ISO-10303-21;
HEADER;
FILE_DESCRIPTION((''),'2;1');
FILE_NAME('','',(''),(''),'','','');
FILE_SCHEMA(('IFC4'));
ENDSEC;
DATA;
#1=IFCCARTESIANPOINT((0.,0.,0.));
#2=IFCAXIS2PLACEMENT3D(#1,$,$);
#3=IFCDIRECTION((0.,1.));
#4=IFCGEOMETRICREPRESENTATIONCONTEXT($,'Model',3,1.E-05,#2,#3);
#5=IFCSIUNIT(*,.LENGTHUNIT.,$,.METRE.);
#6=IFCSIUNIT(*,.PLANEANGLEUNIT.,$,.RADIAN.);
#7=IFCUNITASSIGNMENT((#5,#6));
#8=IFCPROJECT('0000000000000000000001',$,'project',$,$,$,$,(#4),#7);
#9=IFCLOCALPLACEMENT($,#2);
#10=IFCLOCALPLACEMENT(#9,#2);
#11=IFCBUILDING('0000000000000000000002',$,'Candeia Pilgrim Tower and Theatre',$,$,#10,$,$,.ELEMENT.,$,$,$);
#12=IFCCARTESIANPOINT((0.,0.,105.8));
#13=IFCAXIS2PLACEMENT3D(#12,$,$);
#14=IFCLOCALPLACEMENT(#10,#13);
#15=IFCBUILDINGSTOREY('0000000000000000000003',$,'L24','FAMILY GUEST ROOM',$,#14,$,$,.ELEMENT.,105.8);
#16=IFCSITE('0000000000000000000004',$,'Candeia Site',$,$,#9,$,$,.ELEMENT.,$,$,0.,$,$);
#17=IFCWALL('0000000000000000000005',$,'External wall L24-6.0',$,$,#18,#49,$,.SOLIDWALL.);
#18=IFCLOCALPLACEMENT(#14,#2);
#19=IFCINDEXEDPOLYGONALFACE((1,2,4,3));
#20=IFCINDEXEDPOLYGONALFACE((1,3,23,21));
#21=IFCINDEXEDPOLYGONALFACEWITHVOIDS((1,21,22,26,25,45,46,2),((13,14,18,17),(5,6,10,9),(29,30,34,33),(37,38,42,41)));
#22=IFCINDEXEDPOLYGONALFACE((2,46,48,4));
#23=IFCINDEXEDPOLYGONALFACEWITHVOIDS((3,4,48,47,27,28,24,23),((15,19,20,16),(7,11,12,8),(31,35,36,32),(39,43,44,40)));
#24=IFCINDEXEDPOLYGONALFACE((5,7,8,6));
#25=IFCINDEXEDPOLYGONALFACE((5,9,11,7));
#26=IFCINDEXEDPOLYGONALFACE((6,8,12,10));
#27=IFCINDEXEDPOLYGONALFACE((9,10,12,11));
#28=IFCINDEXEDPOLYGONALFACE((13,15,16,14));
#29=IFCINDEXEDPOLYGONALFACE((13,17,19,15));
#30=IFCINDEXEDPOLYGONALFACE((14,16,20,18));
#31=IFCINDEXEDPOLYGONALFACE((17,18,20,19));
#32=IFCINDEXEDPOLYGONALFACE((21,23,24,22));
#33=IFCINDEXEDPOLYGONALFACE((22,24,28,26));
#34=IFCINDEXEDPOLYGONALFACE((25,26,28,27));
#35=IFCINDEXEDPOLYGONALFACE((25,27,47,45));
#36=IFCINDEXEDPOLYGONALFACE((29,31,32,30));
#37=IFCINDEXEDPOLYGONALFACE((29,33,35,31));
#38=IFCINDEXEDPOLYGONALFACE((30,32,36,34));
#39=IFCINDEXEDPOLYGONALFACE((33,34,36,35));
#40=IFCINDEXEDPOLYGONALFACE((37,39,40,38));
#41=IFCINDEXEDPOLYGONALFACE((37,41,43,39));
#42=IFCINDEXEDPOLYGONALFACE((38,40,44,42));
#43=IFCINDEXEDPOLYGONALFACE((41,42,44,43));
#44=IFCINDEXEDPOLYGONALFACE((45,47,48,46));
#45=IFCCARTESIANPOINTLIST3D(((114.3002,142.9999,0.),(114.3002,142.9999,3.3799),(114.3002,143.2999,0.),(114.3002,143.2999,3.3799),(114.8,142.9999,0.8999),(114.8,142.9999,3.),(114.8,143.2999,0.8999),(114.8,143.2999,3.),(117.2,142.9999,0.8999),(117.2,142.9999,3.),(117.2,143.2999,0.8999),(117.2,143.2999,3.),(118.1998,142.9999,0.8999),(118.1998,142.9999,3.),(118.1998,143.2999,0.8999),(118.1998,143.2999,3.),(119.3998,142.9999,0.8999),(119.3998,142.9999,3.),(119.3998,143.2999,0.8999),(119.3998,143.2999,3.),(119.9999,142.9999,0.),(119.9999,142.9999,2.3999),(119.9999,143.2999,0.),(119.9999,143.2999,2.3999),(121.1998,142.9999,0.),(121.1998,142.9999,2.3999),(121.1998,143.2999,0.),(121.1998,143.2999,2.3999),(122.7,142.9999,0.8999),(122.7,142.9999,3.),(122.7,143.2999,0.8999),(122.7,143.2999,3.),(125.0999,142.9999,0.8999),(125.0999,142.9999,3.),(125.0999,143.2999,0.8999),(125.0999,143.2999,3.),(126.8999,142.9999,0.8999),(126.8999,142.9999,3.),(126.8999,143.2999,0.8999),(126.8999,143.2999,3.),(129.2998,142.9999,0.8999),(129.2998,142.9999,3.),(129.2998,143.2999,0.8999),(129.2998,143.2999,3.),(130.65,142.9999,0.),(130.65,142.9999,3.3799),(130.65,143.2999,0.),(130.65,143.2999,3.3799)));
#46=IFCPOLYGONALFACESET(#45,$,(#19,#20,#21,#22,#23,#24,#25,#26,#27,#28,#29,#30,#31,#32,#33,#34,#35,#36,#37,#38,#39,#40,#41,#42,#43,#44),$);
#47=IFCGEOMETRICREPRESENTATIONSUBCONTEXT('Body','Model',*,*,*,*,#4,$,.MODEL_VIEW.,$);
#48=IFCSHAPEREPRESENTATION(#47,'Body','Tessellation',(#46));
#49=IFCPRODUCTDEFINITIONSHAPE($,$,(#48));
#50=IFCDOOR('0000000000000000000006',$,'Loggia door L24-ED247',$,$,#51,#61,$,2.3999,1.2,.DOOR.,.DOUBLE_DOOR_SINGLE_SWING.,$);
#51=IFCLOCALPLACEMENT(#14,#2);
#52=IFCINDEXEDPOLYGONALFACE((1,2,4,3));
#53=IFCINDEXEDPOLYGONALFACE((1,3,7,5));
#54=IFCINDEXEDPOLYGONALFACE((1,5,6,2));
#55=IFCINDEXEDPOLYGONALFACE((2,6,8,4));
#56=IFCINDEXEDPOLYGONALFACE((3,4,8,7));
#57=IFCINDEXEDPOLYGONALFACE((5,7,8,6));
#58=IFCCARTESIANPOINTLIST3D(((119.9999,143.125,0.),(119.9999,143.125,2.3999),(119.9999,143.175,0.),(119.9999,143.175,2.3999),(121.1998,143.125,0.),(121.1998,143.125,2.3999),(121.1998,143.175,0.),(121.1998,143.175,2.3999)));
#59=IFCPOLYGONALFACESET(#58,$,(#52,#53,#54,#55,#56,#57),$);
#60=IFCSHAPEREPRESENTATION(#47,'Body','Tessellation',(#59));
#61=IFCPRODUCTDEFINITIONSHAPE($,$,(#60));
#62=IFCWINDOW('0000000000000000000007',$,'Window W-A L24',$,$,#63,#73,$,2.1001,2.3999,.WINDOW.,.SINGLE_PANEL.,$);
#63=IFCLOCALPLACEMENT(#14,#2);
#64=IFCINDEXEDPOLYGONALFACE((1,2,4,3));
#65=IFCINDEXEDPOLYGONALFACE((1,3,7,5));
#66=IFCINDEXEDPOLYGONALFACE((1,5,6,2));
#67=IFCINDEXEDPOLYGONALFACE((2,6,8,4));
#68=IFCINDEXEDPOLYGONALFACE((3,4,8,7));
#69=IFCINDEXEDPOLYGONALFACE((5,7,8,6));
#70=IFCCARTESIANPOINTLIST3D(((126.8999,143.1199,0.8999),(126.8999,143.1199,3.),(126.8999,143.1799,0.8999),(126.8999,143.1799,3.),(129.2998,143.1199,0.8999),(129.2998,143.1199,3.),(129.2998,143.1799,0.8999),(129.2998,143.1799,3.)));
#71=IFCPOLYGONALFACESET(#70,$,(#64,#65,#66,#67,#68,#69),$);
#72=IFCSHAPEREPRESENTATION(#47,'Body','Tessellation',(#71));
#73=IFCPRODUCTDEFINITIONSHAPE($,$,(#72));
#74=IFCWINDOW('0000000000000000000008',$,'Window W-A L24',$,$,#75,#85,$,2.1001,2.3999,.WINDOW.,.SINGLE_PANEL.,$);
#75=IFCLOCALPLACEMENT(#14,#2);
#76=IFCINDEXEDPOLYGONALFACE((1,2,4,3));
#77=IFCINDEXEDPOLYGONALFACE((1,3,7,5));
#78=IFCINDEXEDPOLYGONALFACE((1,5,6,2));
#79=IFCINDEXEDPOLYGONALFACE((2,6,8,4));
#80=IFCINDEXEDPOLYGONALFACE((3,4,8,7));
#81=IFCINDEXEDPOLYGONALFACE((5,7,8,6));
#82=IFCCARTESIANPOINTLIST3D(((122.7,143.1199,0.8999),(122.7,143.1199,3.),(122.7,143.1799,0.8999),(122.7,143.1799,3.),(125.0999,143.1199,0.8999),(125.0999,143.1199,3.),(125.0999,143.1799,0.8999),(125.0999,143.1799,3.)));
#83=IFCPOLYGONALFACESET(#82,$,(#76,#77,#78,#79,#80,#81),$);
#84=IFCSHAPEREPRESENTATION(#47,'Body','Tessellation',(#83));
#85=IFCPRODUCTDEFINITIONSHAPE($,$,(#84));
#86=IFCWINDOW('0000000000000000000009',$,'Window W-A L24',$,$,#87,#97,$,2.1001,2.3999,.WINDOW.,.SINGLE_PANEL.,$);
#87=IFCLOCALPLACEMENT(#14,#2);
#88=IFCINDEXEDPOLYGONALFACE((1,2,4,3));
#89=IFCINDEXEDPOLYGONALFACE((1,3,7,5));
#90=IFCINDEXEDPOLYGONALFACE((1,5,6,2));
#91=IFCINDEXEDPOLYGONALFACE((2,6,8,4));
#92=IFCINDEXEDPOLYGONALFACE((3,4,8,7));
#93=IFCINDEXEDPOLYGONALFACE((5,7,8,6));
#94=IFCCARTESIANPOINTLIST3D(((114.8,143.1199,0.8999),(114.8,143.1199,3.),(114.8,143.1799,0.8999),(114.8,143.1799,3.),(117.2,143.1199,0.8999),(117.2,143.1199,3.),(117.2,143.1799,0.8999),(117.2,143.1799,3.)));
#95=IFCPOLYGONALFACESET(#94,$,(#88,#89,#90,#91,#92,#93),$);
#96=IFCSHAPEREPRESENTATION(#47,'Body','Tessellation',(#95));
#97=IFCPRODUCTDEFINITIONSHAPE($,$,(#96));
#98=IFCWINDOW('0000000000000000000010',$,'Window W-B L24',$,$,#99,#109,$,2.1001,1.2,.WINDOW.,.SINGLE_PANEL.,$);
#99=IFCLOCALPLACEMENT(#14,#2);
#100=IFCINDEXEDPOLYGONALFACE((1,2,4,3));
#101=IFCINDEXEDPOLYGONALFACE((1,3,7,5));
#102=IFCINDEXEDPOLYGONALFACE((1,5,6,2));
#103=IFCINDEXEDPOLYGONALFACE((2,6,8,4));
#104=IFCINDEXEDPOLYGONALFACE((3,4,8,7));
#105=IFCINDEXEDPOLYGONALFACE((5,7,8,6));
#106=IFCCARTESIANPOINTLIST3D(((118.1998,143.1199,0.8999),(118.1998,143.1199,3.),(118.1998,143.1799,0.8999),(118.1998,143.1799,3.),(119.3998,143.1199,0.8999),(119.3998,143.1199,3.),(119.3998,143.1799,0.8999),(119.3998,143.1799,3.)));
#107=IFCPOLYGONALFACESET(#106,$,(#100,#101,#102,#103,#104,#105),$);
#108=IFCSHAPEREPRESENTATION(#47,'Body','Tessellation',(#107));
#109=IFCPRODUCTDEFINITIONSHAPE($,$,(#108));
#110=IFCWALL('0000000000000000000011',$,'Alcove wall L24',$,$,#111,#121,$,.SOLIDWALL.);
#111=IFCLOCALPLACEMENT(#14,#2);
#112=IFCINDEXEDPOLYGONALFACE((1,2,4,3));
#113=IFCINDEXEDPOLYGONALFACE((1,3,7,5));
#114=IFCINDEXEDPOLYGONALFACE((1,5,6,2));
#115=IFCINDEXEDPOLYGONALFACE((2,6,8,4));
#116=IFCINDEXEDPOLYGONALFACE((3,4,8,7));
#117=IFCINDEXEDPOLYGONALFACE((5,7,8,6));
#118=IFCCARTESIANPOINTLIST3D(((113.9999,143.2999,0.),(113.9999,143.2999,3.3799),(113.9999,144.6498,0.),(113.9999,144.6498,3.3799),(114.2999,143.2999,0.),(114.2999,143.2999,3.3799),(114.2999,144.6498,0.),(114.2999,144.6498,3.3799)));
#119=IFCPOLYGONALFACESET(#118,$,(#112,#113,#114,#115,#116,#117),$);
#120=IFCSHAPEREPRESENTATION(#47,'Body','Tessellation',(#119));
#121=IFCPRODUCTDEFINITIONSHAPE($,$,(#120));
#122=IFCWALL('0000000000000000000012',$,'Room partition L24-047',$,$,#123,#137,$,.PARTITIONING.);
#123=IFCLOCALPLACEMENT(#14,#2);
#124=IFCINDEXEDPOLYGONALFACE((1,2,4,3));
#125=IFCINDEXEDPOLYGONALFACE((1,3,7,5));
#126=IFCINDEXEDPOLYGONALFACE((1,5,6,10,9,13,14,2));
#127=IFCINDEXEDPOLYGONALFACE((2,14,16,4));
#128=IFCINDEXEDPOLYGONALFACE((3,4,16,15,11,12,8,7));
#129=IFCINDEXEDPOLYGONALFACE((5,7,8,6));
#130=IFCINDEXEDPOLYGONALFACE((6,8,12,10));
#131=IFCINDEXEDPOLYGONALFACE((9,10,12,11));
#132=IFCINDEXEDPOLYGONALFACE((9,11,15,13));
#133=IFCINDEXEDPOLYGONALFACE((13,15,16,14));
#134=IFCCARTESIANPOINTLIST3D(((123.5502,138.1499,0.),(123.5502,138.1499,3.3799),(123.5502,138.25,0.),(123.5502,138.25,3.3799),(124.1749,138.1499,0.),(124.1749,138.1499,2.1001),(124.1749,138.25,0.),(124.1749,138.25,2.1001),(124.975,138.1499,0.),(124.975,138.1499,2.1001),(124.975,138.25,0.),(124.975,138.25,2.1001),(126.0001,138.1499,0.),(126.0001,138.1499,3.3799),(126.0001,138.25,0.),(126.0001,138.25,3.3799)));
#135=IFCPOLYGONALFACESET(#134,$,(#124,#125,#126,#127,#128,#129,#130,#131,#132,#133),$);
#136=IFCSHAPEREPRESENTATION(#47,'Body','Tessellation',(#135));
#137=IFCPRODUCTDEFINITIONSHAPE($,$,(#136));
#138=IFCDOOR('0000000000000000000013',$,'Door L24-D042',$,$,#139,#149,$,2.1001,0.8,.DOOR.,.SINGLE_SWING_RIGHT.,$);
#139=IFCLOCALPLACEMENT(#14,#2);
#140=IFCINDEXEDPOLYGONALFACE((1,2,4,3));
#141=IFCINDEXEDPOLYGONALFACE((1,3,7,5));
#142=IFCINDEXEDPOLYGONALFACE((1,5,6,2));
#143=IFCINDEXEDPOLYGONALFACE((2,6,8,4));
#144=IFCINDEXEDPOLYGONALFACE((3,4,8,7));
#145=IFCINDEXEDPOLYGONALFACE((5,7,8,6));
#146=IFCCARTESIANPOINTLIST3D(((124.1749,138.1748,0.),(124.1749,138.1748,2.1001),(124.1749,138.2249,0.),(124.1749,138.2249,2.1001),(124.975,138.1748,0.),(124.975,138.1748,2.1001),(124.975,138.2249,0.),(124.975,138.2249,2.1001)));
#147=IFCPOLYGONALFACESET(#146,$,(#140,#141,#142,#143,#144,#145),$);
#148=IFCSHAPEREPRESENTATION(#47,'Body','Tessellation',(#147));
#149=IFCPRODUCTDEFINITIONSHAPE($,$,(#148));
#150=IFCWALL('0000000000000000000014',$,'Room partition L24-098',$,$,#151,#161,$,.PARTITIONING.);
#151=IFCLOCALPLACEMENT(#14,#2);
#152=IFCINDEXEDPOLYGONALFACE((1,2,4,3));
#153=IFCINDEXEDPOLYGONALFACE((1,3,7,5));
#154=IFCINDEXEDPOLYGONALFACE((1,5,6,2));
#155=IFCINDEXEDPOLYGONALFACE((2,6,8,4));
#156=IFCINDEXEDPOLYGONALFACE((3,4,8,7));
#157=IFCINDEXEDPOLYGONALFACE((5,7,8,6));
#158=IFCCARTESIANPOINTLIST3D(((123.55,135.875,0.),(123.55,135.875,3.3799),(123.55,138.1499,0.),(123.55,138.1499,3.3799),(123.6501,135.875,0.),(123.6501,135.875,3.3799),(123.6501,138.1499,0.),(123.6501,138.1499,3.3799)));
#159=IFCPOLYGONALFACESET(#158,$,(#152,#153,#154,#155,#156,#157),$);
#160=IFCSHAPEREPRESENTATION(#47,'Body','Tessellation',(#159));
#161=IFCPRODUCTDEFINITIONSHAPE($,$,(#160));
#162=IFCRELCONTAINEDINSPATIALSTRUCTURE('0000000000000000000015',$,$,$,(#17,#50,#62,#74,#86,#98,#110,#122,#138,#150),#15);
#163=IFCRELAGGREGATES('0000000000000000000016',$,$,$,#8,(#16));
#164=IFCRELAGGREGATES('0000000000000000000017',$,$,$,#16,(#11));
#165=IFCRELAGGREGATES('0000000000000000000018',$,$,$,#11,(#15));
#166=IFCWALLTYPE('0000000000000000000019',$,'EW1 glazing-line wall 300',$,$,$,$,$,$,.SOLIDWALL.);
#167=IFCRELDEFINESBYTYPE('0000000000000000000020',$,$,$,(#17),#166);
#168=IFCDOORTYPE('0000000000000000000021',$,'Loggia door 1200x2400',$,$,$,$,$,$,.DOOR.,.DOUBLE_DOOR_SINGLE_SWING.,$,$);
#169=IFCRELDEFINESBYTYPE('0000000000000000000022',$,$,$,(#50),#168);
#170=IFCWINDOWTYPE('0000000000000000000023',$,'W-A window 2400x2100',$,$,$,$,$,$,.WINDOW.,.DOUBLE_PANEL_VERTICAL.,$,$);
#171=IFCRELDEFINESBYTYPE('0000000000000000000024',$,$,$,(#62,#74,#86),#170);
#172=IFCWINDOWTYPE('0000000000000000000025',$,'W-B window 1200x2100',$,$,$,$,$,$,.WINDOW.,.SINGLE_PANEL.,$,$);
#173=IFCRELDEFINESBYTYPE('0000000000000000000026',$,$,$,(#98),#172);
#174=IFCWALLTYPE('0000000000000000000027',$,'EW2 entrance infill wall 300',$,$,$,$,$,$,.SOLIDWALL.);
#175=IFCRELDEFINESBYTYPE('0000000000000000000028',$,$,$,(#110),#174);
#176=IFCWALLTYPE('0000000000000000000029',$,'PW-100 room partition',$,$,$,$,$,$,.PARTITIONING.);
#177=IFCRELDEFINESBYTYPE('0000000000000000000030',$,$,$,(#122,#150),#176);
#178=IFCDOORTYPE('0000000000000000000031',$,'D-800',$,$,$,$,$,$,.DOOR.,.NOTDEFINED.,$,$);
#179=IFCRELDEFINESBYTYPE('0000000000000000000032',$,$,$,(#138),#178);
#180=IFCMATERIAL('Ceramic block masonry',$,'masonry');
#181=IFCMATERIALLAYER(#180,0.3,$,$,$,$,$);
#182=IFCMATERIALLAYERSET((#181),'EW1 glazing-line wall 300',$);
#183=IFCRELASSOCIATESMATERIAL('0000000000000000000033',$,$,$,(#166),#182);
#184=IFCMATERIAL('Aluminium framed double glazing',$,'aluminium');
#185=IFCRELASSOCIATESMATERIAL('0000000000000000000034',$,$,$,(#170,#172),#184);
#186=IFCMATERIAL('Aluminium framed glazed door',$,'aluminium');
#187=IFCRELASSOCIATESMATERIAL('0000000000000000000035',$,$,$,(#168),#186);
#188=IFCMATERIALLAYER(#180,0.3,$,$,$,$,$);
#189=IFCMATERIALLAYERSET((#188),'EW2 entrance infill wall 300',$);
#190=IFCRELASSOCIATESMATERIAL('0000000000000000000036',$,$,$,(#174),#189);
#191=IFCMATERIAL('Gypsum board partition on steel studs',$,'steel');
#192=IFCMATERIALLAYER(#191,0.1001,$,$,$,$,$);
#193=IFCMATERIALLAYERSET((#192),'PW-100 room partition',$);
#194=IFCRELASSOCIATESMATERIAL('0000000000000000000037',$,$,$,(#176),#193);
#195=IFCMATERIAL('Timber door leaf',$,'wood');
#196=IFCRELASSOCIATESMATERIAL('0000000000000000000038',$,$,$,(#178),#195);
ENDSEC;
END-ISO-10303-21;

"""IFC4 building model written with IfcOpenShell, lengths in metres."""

from ifc_helpers import new_model, si_unit, direction, frame, frame_2d, origin, place, context, subcontext, project, spatial, rectangle, extrude, material, layer, layer_set, type_object, element, fill, save


model = new_model("IFC4")

# Units and contexts
model_context = context("Model", 3, precision=1e-05, world=origin(), true_north=direction((0.0, 1.0)))
body_context = subcontext(model_context, "Body", "Model", "MODEL_VIEW")
ifc_project = project(units=[si_unit("LENGTHUNIT", "METRE"), si_unit("PLANEANGLEUNIT", "RADIAN")], contexts=[model_context])

# Site, building, storey
site_placement = place(None, origin())
site = spatial("IfcSite", under=ifc_project, at=site_placement, Name="Candeia Site", CompositionType="ELEMENT", RefElevation=0.0)
building_placement = place(site_placement, origin())
building = spatial("IfcBuilding", under=site, at=building_placement, Name="Candeia Pilgrim Tower and Theatre", CompositionType="ELEMENT")
storey_placement = place(building_placement, frame((0.0, 0.0, 105.8)))
storey = spatial("IfcBuildingStorey", under=building, at=storey_placement, Name="L24", Description="FAMILY GUEST ROOM", CompositionType="ELEMENT", Elevation=105.8)

# Shared definitions
ifc_material_1 = material(Name="Ceramic block masonry", Category="masonry")
ifc_layer_1 = layer(ifc_material_1, 0.3)
ifc_layer_set_1 = layer_set([ifc_layer_1], Name="EW1 glazing-line wall 300")
wall_type_1 = type_object("IfcWallType", Name="EW1 glazing-line wall 300", PredefinedType="SOLIDWALL", material=ifc_layer_set_1)
ifc_material_2 = material(Name="Aluminium framed double glazing", Category="aluminium")
window_type_1 = type_object("IfcWindowType", Name="W-A window 2400x2100", PartitioningType="DOUBLE_PANEL_VERTICAL", PredefinedType="WINDOW", material=ifc_material_2)

# Wall, openings, door, windows
wall_1_placement = place(storey_placement, frame((130.6499, 143.1499, 0.0), z_axis=(0.0, 0.0, 1.0), x_axis=(-1.0, 0.0, 0.0)))
wall_1 = element("IfcWall", 1, at=wall_1_placement, inside=storey, type_object=wall_type_1, Name="External wall L24-6.0", PredefinedType="SOLIDWALL", context=body_context, shape_type="SweptSolid", body=[
    extrude(rectangle(XDim=16.3499, YDim=0.3, at=frame_2d((8.1748, 0.0))), origin(), (0.0, 0.0, 1.0), 3.3799),
])
opening_1_placement = place(wall_1_placement, frame((1.3501, 0.0, 0.8999)))
opening_1 = element("IfcOpeningElement", 2, at=opening_1_placement, cuts=wall_1, PredefinedType="OPENING", context=body_context, shape_type="SweptSolid", body=[
    extrude(rectangle(XDim=2.3999, YDim=2.1001, at=frame_2d((1.2, 1.05))), frame((0.0, 0.1602, 0.0), z_axis=(0.0, -1.0, 0.0), x_axis=(1.0, 0.0, 0.0)), (0.0, 0.0, 1.0), 0.3201),
])
opening_2_placement = place(wall_1_placement, frame((5.55, 0.0, 0.8999)))
opening_2 = element("IfcOpeningElement", 3, at=opening_2_placement, cuts=wall_1, PredefinedType="OPENING", context=body_context, shape_type="SweptSolid", body=[
    extrude(rectangle(XDim=2.3999, YDim=2.1001, at=frame_2d((1.2, 1.05))), frame((0.0, 0.1602, 0.0), z_axis=(0.0, -1.0, 0.0), x_axis=(1.0, 0.0, 0.0)), (0.0, 0.0, 1.0), 0.3201),
])
opening_3_placement = place(wall_1_placement, frame((9.45, 0.0, 0.0)))
opening_3 = element("IfcOpeningElement", 4, at=opening_3_placement, cuts=wall_1, PredefinedType="OPENING", context=body_context, shape_type="SweptSolid", body=[
    extrude(rectangle(XDim=1.2, YDim=2.3999, at=frame_2d((0.6001, 1.2))), frame((0.0, 0.1602, 0.0), z_axis=(0.0, -1.0, 0.0), x_axis=(1.0, 0.0, 0.0)), (0.0, 0.0, 1.0), 0.3201),
])
opening_4_placement = place(wall_1_placement, frame((11.25, 0.0, 0.8999)))
opening_4 = element("IfcOpeningElement", 5, at=opening_4_placement, cuts=wall_1, PredefinedType="OPENING", context=body_context, shape_type="SweptSolid", body=[
    extrude(rectangle(XDim=1.2, YDim=2.1001, at=frame_2d((0.6001, 1.05))), frame((0.0, 0.1602, 0.0), z_axis=(0.0, -1.0, 0.0), x_axis=(1.0, 0.0, 0.0)), (0.0, 0.0, 1.0), 0.3201),
])
opening_5_placement = place(wall_1_placement, frame((13.45, 0.0, 0.8999)))
opening_5 = element("IfcOpeningElement", 6, at=opening_5_placement, cuts=wall_1, PredefinedType="OPENING", context=body_context, shape_type="SweptSolid", body=[
    extrude(rectangle(XDim=2.3999, YDim=2.1001, at=frame_2d((1.2, 1.05))), frame((0.0, 0.1602, 0.0), z_axis=(0.0, -1.0, 0.0), x_axis=(1.0, 0.0, 0.0)), (0.0, 0.0, 1.0), 0.3201),
])
ifc_material_3 = material(Name="Aluminium framed glazed door", Category="aluminium")
door_type_1 = type_object("IfcDoorType", Name="Loggia door 1200x2400", OperationType="DOUBLE_DOOR_SINGLE_SWING", PredefinedType="DOOR", material=ifc_material_3)
door_1_placement = place(opening_3_placement, origin())
door_1 = element("IfcDoor", 7, at=door_1_placement, inside=storey, type_object=door_type_1, Name="Loggia door L24-ED247", OperationType="DOUBLE_DOOR_SINGLE_SWING", OverallHeight=2.3999, OverallWidth=1.2, PredefinedType="DOOR", context=body_context, shape_type="SweptSolid", body=[
    extrude(rectangle(XDim=1.2, YDim=2.3999, at=frame_2d((0.6001, 1.2))), frame((0.0, 0.0249, 0.0), z_axis=(0.0, -1.0, 0.0), x_axis=(1.0, 0.0, 0.0)), (0.0, 0.0, 1.0), 0.05),
])
fill(opening_3, door_1)
window_1_placement = place(opening_1_placement, origin())
window_1 = element("IfcWindow", 8, at=window_1_placement, inside=storey, type_object=window_type_1, Name="Window W-A L24", OverallHeight=2.1001, OverallWidth=2.3999, PartitioningType="SINGLE_PANEL", PredefinedType="WINDOW", context=body_context, shape_type="SweptSolid", body=[
    extrude(rectangle(XDim=2.3999, YDim=2.1001, at=frame_2d((1.2, 1.05))), frame((0.0, 0.03, 0.0), z_axis=(0.0, -1.0, 0.0), x_axis=(1.0, 0.0, 0.0)), (0.0, 0.0, 1.0), 0.0601),
])
fill(opening_1, window_1)
window_2_placement = place(opening_2_placement, origin())
window_2 = element("IfcWindow", 9, at=window_2_placement, inside=storey, type_object=window_type_1, Name="Window W-A L24", OverallHeight=2.1001, OverallWidth=2.3999, PartitioningType="SINGLE_PANEL", PredefinedType="WINDOW", context=body_context, shape_type="SweptSolid", body=[
    extrude(rectangle(XDim=2.3999, YDim=2.1001, at=frame_2d((1.2, 1.05))), frame((0.0, 0.03, 0.0), z_axis=(0.0, -1.0, 0.0), x_axis=(1.0, 0.0, 0.0)), (0.0, 0.0, 1.0), 0.0601),
])
fill(opening_2, window_2)
window_3_placement = place(opening_5_placement, origin())
window_3 = element("IfcWindow", 10, at=window_3_placement, inside=storey, type_object=window_type_1, Name="Window W-A L24", OverallHeight=2.1001, OverallWidth=2.3999, PartitioningType="SINGLE_PANEL", PredefinedType="WINDOW", context=body_context, shape_type="SweptSolid", body=[
    extrude(rectangle(XDim=2.3999, YDim=2.1001, at=frame_2d((1.2, 1.05))), frame((0.0, 0.03, 0.0), z_axis=(0.0, -1.0, 0.0), x_axis=(1.0, 0.0, 0.0)), (0.0, 0.0, 1.0), 0.0601),
])
fill(opening_5, window_3)
window_type_2 = type_object("IfcWindowType", Name="W-B window 1200x2100", PartitioningType="SINGLE_PANEL", PredefinedType="WINDOW", material=ifc_material_2)
window_4_placement = place(opening_4_placement, origin())
window_4 = element("IfcWindow", 11, at=window_4_placement, inside=storey, type_object=window_type_2, Name="Window W-B L24", OverallHeight=2.1001, OverallWidth=1.2, PartitioningType="SINGLE_PANEL", PredefinedType="WINDOW", context=body_context, shape_type="SweptSolid", body=[
    extrude(rectangle(XDim=1.2, YDim=2.1001, at=frame_2d((0.6001, 1.05))), frame((0.0, 0.03, 0.0), z_axis=(0.0, -1.0, 0.0), x_axis=(1.0, 0.0, 0.0)), (0.0, 0.0, 1.0), 0.0601),
])
fill(opening_4, window_4)

# Wall
ifc_layer_2 = layer(ifc_material_1, 0.3)
ifc_layer_set_2 = layer_set([ifc_layer_2], Name="EW2 entrance infill wall 300")
wall_type_2 = type_object("IfcWallType", Name="EW2 entrance infill wall 300", PredefinedType="SOLIDWALL", material=ifc_layer_set_2)
wall_2_placement = place(storey_placement, frame((114.1499, 143.3, 0.0), z_axis=(0.0, 0.0, 1.0), x_axis=(0.0, 1.0, 0.0)))
element("IfcWall", 12, at=wall_2_placement, inside=storey, type_object=wall_type_2, Name="Alcove wall L24", PredefinedType="SOLIDWALL", context=body_context, shape_type="SweptSolid", body=[
    extrude(rectangle(XDim=1.3499, YDim=0.3, at=frame_2d((0.6748, 0.0))), origin(), (0.0, 0.0, 1.0), 3.3799),
])

# Wall, opening, door
ifc_material_4 = material(Name="Gypsum board partition on steel studs", Category="steel")
ifc_layer_3 = layer(ifc_material_4, 0.1001)
ifc_layer_set_3 = layer_set([ifc_layer_3], Name="PW-100 room partition")
wall_type_3 = type_object("IfcWallType", Name="PW-100 room partition", PredefinedType="PARTITIONING", material=ifc_layer_set_3)
wall_3_placement = place(storey_placement, frame((123.55, 138.2, 0.0), z_axis=(0.0, 0.0, 1.0), x_axis=(1.0, 0.0, 0.0)))
wall_3 = element("IfcWall", 13, at=wall_3_placement, inside=storey, type_object=wall_type_3, Name="Room partition L24-047", PredefinedType="PARTITIONING", context=body_context, shape_type="SweptSolid", body=[
    extrude(rectangle(XDim=2.45, YDim=0.1001, at=frame_2d((1.2251, 0.0))), origin(), (0.0, 0.0, 1.0), 3.3799),
])
opening_6_placement = place(wall_3_placement, frame((0.625, 0.0, 0.0)))
opening_6 = element("IfcOpeningElement", 14, at=opening_6_placement, cuts=wall_3, PredefinedType="OPENING", context=body_context, shape_type="SweptSolid", body=[
    extrude(rectangle(XDim=0.8, YDim=2.1001, at=frame_2d((0.3999, 1.05))), frame((0.0, 0.0601, 0.0), z_axis=(0.0, -1.0, 0.0), x_axis=(1.0, 0.0, 0.0)), (0.0, 0.0, 1.0), 0.1201),
])
ifc_material_5 = material(Name="Timber door leaf", Category="wood")
door_type_2 = type_object("IfcDoorType", Name="D-800", OperationType="NOTDEFINED", PredefinedType="DOOR", material=ifc_material_5)
door_2_placement = place(opening_6_placement, origin())
door_2 = element("IfcDoor", 15, at=door_2_placement, inside=storey, type_object=door_type_2, Name="Door L24-D042", OperationType="SINGLE_SWING_RIGHT", OverallHeight=2.1001, OverallWidth=0.8, PredefinedType="DOOR", context=body_context, shape_type="SweptSolid", body=[
    extrude(rectangle(XDim=0.8, YDim=2.1001, at=frame_2d((0.3999, 1.05))), frame((0.0, 0.0249, 0.0), z_axis=(0.0, -1.0, 0.0), x_axis=(1.0, 0.0, 0.0)), (0.0, 0.0, 1.0), 0.05),
])
fill(opening_6, door_2)

# Wall
wall_4_placement = place(storey_placement, frame((123.6001, 135.875, 0.0), z_axis=(0.0, 0.0, 1.0), x_axis=(0.0, 1.0, 0.0)))
element("IfcWall", 16, at=wall_4_placement, inside=storey, type_object=wall_type_3, Name="Room partition L24-098", PredefinedType="PARTITIONING", context=body_context, shape_type="SweptSolid", body=[
    extrude(rectangle(XDim=2.2749, YDim=0.1001, at=frame_2d((1.1375, 0.0))), origin(), (0.0, 0.0, 1.0), 3.3799),
])

save(model, "model.ifc")
